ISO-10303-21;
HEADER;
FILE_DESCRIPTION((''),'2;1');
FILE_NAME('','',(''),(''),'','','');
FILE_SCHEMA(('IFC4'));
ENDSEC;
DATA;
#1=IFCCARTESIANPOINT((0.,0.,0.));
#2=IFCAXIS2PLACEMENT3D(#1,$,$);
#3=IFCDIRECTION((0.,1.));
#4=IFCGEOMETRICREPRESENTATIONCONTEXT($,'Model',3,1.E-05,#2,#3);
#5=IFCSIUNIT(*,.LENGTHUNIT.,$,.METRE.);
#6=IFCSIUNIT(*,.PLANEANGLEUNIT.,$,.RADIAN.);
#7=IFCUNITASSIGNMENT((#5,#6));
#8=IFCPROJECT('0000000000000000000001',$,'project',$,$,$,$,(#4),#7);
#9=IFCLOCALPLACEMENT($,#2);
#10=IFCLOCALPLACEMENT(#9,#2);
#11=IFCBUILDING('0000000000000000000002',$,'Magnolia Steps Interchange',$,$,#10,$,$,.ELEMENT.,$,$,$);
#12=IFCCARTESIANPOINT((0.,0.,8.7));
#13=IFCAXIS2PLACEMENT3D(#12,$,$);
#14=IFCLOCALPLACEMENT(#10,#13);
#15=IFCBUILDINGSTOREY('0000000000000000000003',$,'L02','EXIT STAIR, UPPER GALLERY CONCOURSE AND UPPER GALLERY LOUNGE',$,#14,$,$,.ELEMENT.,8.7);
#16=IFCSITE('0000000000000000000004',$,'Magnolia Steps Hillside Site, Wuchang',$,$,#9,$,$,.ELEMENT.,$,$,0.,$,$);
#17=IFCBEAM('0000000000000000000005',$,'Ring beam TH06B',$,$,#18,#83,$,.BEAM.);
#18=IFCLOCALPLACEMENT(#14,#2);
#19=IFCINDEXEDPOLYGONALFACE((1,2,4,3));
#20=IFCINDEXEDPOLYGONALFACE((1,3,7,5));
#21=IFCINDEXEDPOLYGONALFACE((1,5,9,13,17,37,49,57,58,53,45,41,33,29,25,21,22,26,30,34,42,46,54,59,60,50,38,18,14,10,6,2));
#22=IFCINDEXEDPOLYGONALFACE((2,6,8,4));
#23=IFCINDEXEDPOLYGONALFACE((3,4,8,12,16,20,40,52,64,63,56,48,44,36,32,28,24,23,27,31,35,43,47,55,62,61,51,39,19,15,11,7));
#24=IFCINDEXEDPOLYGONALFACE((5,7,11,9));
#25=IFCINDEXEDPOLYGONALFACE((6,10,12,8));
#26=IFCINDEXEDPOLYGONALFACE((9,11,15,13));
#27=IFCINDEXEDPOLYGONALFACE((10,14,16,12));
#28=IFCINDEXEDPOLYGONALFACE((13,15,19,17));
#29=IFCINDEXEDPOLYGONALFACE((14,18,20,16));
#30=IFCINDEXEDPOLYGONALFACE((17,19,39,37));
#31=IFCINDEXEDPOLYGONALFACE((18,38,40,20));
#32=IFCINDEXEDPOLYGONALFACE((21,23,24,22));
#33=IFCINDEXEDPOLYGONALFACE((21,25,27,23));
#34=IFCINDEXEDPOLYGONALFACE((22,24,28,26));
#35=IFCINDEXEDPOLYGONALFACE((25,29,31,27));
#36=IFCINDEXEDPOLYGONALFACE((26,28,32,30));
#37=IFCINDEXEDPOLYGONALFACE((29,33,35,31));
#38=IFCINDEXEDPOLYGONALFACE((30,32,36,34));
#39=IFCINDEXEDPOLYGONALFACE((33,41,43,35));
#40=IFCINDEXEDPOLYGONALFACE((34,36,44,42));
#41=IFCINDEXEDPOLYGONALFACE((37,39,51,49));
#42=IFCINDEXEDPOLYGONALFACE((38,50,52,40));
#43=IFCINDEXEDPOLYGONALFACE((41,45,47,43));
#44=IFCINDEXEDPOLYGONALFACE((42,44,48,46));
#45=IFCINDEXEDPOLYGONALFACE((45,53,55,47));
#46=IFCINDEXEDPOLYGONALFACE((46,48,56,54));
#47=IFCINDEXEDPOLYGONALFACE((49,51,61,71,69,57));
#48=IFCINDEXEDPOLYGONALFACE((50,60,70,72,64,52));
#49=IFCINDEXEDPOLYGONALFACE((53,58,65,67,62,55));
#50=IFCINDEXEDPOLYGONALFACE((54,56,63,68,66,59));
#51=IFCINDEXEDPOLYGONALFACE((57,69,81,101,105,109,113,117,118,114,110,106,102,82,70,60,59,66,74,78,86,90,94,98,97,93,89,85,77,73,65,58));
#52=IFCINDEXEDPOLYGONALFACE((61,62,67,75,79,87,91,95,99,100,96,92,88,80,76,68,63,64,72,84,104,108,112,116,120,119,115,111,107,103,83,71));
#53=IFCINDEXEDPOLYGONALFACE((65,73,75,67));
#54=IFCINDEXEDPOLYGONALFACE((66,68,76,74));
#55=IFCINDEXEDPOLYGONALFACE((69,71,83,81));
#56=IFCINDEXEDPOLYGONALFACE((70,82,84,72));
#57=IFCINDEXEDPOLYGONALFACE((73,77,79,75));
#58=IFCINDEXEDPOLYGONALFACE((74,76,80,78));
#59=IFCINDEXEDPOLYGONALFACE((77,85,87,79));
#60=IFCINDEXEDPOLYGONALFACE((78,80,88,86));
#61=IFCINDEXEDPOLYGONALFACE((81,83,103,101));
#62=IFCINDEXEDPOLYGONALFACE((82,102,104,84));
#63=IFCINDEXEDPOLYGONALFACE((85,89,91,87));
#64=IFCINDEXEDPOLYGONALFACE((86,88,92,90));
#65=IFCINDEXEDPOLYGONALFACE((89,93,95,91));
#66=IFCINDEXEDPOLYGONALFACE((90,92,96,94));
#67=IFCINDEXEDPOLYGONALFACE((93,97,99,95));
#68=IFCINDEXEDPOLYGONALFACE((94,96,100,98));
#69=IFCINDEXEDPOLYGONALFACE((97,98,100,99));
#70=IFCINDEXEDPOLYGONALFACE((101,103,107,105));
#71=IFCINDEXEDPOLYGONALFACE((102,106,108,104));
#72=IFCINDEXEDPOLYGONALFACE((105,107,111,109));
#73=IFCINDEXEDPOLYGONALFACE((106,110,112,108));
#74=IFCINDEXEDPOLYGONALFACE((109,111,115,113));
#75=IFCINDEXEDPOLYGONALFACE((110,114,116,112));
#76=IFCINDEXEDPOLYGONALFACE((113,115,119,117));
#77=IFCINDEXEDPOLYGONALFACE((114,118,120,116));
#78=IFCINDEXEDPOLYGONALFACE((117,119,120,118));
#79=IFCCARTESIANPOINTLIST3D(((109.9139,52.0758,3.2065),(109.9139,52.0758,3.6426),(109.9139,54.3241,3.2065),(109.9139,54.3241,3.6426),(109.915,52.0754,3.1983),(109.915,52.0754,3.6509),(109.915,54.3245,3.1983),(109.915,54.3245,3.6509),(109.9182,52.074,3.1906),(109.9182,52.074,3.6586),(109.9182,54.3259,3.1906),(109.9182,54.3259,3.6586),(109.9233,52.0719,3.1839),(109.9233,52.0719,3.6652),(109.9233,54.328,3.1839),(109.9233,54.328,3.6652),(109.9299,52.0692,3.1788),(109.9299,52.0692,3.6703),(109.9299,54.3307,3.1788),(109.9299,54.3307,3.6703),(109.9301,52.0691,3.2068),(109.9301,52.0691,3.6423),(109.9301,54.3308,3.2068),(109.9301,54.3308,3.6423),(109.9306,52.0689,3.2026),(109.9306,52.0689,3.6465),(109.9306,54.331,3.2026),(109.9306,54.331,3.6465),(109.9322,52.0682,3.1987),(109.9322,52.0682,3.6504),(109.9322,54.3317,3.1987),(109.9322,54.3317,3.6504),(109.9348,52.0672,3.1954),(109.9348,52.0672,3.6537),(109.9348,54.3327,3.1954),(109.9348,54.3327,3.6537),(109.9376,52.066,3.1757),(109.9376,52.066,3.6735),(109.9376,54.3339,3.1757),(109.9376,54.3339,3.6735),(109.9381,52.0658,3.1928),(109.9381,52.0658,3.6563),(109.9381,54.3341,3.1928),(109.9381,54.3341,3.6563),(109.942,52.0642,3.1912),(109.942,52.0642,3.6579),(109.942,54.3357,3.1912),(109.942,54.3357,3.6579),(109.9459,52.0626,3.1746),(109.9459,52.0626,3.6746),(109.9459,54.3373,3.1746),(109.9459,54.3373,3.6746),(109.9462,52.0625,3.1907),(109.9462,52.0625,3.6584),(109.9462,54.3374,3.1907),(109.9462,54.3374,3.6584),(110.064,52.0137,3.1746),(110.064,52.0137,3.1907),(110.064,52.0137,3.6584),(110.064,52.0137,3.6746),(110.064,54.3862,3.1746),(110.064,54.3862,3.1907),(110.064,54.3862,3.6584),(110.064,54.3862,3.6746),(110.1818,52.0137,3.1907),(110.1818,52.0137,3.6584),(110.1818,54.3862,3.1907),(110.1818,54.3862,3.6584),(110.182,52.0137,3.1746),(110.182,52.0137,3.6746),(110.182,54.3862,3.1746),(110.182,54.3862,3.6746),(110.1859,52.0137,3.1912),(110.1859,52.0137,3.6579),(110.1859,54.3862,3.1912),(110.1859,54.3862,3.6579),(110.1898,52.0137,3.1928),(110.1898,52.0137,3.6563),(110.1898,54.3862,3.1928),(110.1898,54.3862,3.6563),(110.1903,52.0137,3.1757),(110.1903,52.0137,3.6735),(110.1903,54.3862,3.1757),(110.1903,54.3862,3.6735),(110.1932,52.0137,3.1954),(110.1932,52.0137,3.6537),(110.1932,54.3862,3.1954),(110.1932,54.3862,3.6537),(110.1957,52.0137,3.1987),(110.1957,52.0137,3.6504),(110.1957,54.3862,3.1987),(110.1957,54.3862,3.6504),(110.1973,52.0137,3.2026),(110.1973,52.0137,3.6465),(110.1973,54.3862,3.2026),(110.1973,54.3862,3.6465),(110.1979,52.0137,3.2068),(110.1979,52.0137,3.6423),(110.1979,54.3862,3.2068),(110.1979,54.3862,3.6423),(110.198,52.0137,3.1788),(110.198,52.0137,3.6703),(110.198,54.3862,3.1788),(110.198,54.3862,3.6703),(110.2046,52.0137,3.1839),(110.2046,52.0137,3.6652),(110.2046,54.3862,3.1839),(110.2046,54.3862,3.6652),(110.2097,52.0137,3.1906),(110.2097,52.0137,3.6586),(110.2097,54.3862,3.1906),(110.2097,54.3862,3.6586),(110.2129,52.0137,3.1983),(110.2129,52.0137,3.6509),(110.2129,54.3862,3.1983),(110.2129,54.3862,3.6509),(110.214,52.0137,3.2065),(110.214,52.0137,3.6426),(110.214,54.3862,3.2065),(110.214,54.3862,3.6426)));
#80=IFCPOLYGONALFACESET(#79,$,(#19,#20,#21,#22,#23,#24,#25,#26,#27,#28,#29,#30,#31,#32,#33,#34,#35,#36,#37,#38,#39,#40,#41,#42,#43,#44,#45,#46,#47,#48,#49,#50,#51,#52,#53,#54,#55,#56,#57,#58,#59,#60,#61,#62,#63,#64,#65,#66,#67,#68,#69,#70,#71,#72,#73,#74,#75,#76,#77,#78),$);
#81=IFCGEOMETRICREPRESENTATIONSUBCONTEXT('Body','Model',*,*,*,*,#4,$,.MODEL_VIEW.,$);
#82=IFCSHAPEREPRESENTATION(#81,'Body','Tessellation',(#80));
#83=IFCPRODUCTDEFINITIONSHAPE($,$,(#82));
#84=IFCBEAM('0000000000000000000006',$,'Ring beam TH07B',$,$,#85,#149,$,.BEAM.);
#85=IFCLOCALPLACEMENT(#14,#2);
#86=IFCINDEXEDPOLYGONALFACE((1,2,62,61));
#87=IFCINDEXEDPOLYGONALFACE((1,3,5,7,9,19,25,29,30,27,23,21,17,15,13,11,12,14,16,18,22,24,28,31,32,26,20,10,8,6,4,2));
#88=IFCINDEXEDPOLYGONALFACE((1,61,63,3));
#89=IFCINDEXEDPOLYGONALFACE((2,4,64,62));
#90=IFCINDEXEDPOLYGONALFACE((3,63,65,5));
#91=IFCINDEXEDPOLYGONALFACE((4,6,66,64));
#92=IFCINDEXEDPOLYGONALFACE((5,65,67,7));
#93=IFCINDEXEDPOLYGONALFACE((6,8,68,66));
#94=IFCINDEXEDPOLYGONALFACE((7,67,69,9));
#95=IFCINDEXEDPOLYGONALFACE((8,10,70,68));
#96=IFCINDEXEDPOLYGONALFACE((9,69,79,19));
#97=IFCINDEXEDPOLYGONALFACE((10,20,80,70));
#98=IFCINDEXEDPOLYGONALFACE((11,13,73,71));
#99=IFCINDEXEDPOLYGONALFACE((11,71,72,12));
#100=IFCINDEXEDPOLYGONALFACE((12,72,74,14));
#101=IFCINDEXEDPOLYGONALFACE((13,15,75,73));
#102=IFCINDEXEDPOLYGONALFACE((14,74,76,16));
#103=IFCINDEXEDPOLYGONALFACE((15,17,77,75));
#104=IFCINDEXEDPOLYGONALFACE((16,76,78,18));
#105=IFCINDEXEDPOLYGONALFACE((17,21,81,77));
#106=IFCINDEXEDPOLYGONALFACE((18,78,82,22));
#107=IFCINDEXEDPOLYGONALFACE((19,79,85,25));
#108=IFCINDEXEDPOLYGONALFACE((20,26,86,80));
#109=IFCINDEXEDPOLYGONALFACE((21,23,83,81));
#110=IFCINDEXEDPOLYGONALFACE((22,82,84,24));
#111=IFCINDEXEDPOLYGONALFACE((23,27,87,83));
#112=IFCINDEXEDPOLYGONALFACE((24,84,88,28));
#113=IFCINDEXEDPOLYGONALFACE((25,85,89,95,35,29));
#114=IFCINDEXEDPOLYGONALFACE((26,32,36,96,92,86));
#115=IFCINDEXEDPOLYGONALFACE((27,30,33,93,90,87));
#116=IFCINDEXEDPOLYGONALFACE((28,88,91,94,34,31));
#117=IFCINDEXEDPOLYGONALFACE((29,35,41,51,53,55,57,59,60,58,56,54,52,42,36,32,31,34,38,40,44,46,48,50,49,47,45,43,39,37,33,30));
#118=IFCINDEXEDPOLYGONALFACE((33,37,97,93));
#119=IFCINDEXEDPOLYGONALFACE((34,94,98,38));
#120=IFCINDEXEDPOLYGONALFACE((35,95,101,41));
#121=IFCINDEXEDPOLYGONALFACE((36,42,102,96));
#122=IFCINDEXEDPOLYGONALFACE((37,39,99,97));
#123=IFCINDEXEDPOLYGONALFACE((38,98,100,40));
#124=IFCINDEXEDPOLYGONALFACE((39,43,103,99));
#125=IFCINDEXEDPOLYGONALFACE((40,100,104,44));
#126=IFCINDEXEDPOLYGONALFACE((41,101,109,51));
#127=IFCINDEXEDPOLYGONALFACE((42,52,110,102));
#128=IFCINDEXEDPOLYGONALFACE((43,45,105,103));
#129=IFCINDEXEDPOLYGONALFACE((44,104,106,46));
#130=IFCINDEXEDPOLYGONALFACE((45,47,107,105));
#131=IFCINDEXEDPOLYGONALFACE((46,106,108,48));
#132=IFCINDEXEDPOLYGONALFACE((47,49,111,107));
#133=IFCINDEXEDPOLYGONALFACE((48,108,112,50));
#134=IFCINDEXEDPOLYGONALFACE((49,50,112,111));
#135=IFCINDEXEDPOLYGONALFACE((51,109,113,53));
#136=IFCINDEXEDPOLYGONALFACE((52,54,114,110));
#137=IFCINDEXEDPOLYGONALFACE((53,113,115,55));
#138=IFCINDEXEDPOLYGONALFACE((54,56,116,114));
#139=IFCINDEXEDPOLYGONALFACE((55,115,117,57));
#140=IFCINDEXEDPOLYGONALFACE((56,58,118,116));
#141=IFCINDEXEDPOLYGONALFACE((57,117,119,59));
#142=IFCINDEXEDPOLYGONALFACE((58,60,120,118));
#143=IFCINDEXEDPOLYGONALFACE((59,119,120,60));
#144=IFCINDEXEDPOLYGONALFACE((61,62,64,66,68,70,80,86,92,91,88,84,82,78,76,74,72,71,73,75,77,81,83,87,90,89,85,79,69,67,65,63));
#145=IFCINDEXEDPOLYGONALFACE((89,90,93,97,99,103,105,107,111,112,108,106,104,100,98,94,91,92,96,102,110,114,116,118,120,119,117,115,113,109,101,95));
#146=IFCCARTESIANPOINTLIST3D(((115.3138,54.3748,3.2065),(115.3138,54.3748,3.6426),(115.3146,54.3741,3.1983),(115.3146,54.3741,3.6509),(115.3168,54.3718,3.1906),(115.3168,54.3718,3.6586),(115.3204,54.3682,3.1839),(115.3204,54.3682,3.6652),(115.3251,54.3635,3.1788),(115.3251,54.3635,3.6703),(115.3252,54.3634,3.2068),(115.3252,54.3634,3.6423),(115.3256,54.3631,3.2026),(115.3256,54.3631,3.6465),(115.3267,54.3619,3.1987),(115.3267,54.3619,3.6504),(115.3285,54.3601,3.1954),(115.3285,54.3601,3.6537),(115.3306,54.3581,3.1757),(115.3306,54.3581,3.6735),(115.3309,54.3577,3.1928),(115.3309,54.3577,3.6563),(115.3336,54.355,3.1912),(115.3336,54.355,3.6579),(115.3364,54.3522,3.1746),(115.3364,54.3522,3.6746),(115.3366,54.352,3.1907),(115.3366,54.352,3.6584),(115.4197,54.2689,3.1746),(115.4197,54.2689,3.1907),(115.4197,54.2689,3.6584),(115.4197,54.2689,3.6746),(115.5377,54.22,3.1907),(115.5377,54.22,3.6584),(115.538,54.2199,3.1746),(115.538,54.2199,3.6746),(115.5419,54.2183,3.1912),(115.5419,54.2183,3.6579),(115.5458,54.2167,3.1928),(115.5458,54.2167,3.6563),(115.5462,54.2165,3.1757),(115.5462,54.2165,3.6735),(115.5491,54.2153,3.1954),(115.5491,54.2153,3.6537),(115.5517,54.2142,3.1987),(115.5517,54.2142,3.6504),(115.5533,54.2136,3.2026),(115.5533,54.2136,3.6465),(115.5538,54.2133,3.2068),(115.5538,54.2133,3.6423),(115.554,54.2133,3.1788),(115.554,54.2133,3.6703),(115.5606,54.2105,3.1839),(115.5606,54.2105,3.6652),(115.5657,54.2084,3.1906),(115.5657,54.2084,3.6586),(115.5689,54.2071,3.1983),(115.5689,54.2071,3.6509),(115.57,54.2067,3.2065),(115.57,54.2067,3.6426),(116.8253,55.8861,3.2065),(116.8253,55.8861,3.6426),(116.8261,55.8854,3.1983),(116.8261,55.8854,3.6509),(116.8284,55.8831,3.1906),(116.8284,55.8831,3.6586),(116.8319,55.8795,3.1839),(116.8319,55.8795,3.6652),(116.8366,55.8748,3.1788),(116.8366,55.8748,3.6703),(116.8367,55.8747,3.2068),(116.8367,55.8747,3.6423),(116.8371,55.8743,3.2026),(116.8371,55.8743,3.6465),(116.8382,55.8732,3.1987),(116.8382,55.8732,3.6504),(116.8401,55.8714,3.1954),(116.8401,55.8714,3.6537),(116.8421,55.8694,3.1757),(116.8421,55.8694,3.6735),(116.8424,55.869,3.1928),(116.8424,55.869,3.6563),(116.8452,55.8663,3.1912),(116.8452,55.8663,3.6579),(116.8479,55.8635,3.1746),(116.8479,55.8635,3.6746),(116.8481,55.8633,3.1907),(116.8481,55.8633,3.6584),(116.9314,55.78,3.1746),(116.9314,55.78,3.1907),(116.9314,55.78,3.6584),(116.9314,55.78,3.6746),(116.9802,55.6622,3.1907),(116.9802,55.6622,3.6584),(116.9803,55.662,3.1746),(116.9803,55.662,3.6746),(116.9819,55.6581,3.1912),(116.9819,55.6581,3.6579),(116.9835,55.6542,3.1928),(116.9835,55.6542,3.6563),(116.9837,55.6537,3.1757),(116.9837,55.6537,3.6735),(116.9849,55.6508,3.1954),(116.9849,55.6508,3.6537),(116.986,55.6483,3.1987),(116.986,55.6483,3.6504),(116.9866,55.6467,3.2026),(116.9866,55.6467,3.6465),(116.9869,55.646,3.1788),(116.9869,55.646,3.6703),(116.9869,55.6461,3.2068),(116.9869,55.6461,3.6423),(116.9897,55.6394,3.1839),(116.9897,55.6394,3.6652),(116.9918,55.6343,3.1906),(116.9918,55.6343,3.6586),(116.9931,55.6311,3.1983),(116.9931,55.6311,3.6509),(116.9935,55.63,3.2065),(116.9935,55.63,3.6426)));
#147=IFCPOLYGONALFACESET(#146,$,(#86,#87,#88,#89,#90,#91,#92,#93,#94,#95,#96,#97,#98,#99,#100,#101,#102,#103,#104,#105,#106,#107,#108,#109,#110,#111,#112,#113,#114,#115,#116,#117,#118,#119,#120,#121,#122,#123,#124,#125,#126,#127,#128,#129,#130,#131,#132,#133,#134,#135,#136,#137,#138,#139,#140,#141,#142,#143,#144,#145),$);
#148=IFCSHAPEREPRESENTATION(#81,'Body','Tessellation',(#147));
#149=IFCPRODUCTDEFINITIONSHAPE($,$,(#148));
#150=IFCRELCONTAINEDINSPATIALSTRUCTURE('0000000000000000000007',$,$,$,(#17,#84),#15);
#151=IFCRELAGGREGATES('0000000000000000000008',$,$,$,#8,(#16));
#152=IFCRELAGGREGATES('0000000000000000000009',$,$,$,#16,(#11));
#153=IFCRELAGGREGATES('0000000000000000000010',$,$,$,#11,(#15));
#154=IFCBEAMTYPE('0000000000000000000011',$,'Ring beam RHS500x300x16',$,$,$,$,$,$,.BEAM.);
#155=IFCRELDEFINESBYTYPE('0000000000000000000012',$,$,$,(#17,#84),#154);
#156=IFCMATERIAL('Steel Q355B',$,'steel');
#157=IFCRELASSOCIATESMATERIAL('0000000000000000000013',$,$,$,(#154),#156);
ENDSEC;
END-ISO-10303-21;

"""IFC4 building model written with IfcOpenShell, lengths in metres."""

from ifc_helpers import new_model, si_unit, direction, frame, origin, origin_2d, place, context, subcontext, project, spatial, hollow_rectangle, extrude, clip, halfspace, material, material_profile, profile_set, type_object, element, save


model = new_model("IFC4")

# Units and contexts
model_context = context("Model", 3, precision=1e-05, world=origin(), true_north=direction((0.0, 1.0)))
body_context = subcontext(model_context, "Body", "Model", "MODEL_VIEW")
ifc_project = project(units=[si_unit("LENGTHUNIT", "METRE"), si_unit("PLANEANGLEUNIT", "RADIAN")], contexts=[model_context])

# Site, building, storey
site_placement = place(None, origin())
site = spatial("IfcSite", under=ifc_project, at=site_placement, Name="Magnolia Steps Hillside Site, Wuchang", CompositionType="ELEMENT", RefElevation=0.0)
building_placement = place(site_placement, origin())
building = spatial("IfcBuilding", under=site, at=building_placement, Name="Magnolia Steps Interchange", CompositionType="ELEMENT")
storey_placement = place(building_placement, frame((0.0, 0.0, 8.7)))
storey = spatial("IfcBuildingStorey", under=building, at=storey_placement, Name="L02", Description="EXIT STAIR, UPPER GALLERY CONCOURSE AND UPPER GALLERY LOUNGE", CompositionType="ELEMENT", Elevation=8.7)

# Beams
ifc_material_1 = material(Name="Steel Q355B", Category="steel")
ifc_material_profile_1 = material_profile(ifc_material_1, hollow_rectangle(XDim=0.3, YDim=0.5, WallThickness=0.0161, InnerFilletRadius=0.0161, OuterFilletRadius=0.032, at=origin_2d()), Name="RHS500x300x16")
ifc_profile_set_1 = profile_set([ifc_material_profile_1], Name="Steel Q355B")
beam_type = type_object("IfcBeamType", Name="Ring beam RHS500x300x16", PredefinedType="BEAM", material=ifc_profile_set_1)
beam_1_placement = place(storey_placement, frame((110.064, 52.0137, 3.4246), z_axis=(0.0, 1.0, 0.0), x_axis=(-1.0, 0.0, 0.0)))
element("IfcBeam", 1, at=beam_1_placement, inside=storey, type_object=beam_type, Name="Ring beam TH06B", PredefinedType="BEAM", context=body_context, shape_type="Clipping", body=[
    clip(clip(extrude(hollow_rectangle(XDim=0.3, YDim=0.5, WallThickness=0.0161, InnerFilletRadius=0.0161, OuterFilletRadius=0.032, at=origin_2d()), origin(), (0.0, 0.0, 1.0), 2.3726), halfspace(frame((0.0, 0.0, 0.0), z_axis=(0.382683, 0.0, -0.92388), x_axis=(0.92388, 0.0, 0.382683)), False)), halfspace(frame((0.0, 0.0, 2.3726), z_axis=(0.382683, 0.0, 0.92388), x_axis=(0.92388, 0.0, -0.382683)), False)),
])
beam_2_placement = place(storey_placement, frame((116.9314, 55.78, 3.4246), z_axis=(-0.707164, -0.70705, 0.0), x_axis=(0.70705, -0.707164, 0.0)))
element("IfcBeam", 2, at=beam_2_placement, inside=storey, type_object=beam_type, Name="Ring beam TH07B", PredefinedType="BEAM", context=body_context, shape_type="Clipping", body=[
    clip(clip(extrude(hollow_rectangle(XDim=0.3, YDim=0.5, WallThickness=0.0161, InnerFilletRadius=0.0161, OuterFilletRadius=0.032, at=origin_2d()), origin(), (0.0, 0.0, 1.0), 2.1375), halfspace(frame((0.0, 0.0, 0.0), z_axis=(0.382609, 0.0, -0.92391), x_axis=(0.92391, 0.0, 0.382609)), False)), halfspace(frame((0.0, 0.0, 2.1374), z_axis=(0.382758, 0.0, 0.923849), x_axis=(0.923849, 0.0, -0.382758)), False)),
])

save(model, "model.ifc")
